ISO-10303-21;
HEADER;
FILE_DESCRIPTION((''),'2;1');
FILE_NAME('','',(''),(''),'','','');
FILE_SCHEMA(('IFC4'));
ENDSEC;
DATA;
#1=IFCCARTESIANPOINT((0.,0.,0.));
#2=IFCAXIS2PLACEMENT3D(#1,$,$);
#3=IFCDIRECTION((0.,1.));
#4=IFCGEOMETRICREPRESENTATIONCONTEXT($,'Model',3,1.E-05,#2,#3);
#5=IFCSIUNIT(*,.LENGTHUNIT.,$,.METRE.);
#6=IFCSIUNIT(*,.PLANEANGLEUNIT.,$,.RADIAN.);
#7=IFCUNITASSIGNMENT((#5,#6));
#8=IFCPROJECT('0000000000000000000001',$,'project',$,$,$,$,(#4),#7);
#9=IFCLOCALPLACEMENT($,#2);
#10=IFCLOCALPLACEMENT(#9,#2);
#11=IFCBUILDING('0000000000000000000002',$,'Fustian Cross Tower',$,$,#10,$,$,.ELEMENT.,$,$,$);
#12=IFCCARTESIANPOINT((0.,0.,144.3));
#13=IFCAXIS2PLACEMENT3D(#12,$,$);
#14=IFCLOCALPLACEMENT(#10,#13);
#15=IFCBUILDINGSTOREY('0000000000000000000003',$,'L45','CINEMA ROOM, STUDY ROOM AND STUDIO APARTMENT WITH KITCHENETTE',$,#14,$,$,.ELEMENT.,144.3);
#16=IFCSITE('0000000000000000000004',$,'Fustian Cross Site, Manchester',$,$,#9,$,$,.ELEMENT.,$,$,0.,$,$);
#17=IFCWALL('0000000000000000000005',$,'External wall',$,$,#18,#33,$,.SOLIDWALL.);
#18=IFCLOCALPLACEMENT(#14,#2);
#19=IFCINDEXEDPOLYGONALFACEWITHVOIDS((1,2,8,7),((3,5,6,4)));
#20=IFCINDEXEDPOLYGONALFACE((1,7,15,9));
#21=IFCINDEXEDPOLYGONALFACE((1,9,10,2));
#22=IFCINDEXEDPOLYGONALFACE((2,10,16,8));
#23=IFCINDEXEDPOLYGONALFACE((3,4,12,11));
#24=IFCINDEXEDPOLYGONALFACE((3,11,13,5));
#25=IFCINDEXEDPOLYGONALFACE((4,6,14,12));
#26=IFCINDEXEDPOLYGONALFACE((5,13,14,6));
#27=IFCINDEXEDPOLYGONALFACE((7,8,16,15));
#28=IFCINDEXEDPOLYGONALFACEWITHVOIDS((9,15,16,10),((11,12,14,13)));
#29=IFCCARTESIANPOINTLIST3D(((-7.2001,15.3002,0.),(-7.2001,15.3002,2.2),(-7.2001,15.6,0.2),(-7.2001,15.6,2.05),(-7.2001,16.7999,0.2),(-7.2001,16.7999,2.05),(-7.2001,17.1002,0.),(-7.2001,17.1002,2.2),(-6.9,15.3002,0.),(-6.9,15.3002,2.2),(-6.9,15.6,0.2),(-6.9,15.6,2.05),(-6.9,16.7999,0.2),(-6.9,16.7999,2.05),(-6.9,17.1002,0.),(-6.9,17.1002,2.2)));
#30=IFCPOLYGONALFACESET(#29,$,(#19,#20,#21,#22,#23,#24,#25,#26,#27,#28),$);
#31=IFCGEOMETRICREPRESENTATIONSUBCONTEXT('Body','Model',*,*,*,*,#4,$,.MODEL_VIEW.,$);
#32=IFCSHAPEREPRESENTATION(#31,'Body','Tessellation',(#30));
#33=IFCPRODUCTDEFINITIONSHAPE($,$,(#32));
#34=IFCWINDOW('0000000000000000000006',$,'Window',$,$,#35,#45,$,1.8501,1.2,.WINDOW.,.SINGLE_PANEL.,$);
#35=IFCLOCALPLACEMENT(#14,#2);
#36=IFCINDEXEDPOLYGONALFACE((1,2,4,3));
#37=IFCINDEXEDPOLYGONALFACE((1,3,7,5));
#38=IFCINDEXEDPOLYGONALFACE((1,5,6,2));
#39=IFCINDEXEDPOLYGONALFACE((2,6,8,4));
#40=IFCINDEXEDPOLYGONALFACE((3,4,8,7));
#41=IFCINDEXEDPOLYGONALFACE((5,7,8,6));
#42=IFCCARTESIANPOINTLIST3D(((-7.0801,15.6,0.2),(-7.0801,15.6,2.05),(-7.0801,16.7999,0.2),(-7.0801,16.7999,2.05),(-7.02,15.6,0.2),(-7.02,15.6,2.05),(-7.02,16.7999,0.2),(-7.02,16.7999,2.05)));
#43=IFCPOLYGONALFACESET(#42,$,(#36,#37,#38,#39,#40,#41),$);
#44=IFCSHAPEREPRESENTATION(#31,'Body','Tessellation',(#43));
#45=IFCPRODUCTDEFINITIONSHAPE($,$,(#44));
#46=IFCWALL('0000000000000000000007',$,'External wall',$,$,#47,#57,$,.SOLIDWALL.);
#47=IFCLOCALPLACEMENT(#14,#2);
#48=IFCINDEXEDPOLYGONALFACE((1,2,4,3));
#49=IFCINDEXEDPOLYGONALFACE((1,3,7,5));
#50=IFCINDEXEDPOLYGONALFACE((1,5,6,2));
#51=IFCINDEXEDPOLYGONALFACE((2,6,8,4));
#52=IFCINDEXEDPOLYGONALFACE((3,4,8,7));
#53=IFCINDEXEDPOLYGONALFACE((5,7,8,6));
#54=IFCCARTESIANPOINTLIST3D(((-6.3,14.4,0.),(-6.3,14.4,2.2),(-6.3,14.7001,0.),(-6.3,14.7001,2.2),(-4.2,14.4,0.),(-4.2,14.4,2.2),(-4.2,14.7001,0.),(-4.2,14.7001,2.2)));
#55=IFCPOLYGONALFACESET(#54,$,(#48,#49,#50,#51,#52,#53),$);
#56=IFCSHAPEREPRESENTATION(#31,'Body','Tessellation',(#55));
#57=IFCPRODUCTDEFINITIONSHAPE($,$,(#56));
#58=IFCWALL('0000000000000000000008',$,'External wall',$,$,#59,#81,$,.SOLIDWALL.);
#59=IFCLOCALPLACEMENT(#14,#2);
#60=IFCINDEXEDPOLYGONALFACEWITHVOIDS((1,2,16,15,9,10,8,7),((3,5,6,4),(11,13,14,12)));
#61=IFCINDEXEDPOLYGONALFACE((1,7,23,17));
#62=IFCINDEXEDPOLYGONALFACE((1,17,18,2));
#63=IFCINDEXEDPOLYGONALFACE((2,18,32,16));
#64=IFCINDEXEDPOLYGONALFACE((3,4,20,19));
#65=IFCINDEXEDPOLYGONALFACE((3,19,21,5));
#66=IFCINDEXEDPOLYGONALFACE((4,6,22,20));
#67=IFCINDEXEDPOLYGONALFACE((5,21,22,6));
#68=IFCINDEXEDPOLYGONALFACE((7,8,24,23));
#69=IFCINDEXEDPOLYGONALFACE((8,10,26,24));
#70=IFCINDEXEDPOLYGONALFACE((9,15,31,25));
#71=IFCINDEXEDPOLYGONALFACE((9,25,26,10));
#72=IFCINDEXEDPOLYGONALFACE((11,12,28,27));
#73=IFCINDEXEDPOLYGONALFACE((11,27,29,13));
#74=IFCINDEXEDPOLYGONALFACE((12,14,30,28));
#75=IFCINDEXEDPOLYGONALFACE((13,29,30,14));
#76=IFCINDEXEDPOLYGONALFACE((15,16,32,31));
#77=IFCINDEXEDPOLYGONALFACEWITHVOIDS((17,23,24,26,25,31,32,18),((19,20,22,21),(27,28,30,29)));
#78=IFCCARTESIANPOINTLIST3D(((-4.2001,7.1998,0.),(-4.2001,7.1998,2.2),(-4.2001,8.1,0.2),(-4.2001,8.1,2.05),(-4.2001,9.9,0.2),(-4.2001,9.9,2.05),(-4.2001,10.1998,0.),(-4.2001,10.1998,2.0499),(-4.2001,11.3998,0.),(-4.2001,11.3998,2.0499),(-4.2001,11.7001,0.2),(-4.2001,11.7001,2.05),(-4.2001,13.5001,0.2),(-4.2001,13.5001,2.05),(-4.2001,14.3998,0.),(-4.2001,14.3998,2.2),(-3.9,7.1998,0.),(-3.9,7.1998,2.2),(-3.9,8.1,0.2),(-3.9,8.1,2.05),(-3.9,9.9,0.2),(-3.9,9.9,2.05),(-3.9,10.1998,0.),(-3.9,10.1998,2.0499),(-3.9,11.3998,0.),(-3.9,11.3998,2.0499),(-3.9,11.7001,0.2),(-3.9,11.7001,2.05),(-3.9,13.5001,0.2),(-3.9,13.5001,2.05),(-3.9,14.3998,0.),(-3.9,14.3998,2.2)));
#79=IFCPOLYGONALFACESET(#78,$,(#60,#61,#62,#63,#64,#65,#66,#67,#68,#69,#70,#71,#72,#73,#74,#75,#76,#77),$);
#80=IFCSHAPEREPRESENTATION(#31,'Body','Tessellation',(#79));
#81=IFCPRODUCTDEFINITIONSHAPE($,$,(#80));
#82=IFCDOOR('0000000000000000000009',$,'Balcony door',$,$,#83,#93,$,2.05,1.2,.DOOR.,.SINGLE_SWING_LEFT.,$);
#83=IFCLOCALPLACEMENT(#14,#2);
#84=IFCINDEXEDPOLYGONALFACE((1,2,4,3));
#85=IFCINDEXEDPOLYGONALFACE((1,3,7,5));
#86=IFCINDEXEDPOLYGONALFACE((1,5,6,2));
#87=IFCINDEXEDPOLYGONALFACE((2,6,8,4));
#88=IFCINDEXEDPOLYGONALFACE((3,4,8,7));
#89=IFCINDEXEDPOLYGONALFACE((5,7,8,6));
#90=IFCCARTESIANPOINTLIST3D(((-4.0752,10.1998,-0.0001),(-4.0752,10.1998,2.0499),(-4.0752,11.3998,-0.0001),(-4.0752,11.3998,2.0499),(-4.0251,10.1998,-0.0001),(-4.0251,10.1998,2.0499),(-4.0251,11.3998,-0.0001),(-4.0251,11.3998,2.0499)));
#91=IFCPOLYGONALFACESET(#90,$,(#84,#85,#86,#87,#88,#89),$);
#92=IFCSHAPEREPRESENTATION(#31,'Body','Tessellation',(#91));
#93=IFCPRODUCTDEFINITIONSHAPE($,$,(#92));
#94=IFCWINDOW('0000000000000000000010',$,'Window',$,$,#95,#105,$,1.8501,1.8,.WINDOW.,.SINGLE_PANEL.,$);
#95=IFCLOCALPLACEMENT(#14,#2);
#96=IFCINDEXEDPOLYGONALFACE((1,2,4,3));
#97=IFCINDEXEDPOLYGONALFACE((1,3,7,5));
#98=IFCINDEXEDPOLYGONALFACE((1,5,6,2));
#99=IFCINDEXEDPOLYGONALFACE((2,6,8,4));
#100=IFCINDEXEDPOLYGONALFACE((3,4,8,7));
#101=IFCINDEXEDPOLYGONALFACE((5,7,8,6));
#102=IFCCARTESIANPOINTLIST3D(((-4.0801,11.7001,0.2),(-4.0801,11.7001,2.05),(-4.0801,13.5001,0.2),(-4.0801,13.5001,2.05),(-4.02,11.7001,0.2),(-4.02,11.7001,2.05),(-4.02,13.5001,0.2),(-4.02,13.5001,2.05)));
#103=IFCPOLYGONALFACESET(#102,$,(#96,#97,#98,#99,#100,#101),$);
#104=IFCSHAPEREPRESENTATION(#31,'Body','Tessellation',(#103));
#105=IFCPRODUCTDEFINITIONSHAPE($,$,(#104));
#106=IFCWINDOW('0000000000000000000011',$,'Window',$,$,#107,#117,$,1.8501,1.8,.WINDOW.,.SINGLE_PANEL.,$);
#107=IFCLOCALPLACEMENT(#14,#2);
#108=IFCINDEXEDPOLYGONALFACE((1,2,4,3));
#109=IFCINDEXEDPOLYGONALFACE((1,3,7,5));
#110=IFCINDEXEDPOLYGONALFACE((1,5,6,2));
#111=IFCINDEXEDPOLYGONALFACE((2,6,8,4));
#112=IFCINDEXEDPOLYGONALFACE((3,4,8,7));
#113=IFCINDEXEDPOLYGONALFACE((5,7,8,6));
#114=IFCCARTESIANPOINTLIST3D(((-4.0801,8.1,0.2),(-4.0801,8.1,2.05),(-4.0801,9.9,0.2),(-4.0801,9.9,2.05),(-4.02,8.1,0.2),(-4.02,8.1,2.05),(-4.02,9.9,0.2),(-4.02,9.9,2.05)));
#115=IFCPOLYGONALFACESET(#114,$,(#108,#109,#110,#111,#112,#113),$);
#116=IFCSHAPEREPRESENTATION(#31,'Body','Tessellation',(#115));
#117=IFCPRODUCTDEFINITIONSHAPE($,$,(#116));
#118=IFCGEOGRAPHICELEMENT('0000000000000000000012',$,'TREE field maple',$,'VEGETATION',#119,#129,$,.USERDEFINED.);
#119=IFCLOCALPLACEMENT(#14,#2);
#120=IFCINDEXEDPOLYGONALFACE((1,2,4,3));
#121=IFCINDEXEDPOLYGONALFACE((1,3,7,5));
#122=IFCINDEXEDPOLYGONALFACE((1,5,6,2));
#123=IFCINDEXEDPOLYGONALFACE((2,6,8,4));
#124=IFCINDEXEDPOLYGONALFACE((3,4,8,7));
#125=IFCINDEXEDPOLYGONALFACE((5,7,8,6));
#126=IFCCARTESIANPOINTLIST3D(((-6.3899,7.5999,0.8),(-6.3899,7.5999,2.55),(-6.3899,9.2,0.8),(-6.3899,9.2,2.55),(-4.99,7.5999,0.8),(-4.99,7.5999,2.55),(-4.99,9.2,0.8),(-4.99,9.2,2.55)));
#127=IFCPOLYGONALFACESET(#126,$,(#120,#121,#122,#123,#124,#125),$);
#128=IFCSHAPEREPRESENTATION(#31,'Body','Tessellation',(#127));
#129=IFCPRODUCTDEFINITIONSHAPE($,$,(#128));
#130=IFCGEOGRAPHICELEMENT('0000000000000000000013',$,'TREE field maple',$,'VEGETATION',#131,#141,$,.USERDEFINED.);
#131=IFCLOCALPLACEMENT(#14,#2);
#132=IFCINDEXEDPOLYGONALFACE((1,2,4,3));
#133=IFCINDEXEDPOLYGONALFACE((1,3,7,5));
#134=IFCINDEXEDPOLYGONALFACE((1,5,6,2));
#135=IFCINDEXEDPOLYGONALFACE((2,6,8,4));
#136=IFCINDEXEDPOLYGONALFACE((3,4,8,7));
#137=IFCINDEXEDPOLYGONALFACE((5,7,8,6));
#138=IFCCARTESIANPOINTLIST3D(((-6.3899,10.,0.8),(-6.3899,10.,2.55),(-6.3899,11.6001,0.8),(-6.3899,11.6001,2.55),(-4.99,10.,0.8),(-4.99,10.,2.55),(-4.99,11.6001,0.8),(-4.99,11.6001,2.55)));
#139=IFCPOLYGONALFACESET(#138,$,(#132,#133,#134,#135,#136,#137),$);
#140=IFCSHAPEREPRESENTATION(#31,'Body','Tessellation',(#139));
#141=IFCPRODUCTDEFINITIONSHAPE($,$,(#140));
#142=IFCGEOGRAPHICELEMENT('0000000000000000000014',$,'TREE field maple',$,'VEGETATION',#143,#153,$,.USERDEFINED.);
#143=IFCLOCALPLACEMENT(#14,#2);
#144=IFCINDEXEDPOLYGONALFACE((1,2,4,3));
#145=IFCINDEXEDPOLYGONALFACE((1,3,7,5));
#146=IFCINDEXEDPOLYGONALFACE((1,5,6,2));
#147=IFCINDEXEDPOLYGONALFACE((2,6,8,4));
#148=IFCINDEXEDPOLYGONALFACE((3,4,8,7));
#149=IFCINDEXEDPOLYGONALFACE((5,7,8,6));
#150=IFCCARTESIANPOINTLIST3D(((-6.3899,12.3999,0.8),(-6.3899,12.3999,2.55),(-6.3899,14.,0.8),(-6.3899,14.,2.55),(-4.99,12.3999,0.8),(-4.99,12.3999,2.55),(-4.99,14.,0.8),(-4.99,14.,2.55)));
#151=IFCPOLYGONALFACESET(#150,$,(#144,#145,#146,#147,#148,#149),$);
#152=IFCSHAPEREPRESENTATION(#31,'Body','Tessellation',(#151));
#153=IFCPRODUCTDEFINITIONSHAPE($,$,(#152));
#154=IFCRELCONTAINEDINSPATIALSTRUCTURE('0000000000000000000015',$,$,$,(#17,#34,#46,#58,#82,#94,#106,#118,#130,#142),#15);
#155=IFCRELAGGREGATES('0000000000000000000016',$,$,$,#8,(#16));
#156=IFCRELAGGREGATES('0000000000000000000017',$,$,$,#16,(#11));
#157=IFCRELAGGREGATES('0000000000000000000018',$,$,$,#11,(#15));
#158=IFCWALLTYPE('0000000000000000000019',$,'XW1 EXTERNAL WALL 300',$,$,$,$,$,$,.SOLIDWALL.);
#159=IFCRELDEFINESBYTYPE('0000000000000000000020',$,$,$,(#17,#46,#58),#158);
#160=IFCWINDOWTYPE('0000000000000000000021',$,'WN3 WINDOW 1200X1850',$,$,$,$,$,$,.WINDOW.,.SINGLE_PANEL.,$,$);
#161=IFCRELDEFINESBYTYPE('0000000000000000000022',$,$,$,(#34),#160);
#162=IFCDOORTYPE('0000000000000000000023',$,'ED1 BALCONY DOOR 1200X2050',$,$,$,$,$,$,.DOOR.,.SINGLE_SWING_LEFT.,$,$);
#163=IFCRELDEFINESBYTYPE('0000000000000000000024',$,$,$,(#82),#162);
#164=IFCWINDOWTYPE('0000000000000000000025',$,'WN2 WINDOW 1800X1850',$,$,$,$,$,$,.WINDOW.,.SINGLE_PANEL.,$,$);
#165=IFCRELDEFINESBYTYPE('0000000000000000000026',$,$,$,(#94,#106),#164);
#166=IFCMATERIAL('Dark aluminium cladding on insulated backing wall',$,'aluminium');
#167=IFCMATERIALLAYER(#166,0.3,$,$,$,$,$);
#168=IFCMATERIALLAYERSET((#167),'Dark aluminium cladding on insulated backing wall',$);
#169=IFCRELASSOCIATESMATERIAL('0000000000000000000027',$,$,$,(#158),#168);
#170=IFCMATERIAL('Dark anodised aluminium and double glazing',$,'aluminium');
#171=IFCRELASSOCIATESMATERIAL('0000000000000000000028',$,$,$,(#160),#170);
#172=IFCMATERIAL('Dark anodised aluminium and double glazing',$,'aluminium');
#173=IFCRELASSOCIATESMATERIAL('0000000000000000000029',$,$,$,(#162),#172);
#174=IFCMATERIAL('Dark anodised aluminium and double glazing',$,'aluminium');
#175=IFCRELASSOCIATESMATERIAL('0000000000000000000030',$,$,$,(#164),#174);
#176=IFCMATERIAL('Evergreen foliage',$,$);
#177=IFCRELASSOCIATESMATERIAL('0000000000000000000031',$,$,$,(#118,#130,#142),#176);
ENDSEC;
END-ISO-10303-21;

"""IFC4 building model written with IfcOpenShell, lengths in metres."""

from ifc_helpers import new_model, si_unit, direction, frame, frame_2d, origin, origin_2d, place, context, subcontext, project, spatial, rectangle, extrude, material, layer, layer_set, type_object, element, fill, save


model = new_model("IFC4")

# Units and contexts
model_context = context("Model", 3, precision=1e-05, world=origin(), true_north=direction((0.0, 1.0)))
body_context = subcontext(model_context, "Body", "Model", "MODEL_VIEW")
ifc_project = project(units=[si_unit("LENGTHUNIT", "METRE"), si_unit("PLANEANGLEUNIT", "RADIAN")], contexts=[model_context])

# Site, building, storey
site_placement = place(None, origin())
site = spatial("IfcSite", under=ifc_project, at=site_placement, Name="Fustian Cross Site, Manchester", CompositionType="ELEMENT", RefElevation=0.0)
building_placement = place(site_placement, origin())
building = spatial("IfcBuilding", under=site, at=building_placement, Name="Fustian Cross Tower", CompositionType="ELEMENT")
storey_placement = place(building_placement, frame((0.0, 0.0, 144.3)))
storey = spatial("IfcBuildingStorey", under=building, at=storey_placement, Name="L45", Description="CINEMA ROOM, STUDY ROOM AND STUDIO APARTMENT WITH KITCHENETTE", CompositionType="ELEMENT", Elevation=144.3)

# Shared definitions
ifc_material_1 = material(Name="Dark aluminium cladding on insulated backing wall", Category="aluminium")
ifc_layer_1 = layer(ifc_material_1, 0.3)
ifc_layer_set_1 = layer_set([ifc_layer_1], Name="Dark aluminium cladding on insulated backing wall")
wall_type_1 = type_object("IfcWallType", Name="XW1 EXTERNAL WALL 300", PredefinedType="SOLIDWALL", material=ifc_layer_set_1)

# Shared definitions
ifc_material_2 = material(Name="Dark anodised aluminium and double glazing", Category="aluminium")
window_type_1 = type_object("IfcWindowType", Name="WN3 WINDOW 1200X1850", PartitioningType="SINGLE_PANEL", PredefinedType="WINDOW", material=ifc_material_2)

# Wall, opening, window
wall_1_placement = place(storey_placement, frame((-7.05, 17.1001, 0.0), z_axis=(0.0, 0.0, 1.0), x_axis=(0.0, -1.0, 0.0)))
wall_1 = element("IfcWall", 1, at=wall_1_placement, inside=storey, type_object=wall_type_1, Name="External wall", PredefinedType="SOLIDWALL", context=body_context, shape_type="SweptSolid", body=[
    extrude(rectangle(XDim=1.8, YDim=0.3, at=frame_2d((0.8999, 0.0))), origin(), (0.0, 0.0, 1.0), 2.2),
])
opening_1_placement = place(wall_1_placement, frame((0.3, 0.0, 0.2)))
opening_1 = element("IfcOpeningElement", 2, at=opening_1_placement, cuts=wall_1, PredefinedType="OPENING", context=body_context, shape_type="SweptSolid", body=[
    extrude(rectangle(XDim=1.2, YDim=1.8501, at=frame_2d((0.6001, 0.925))), frame((0.0, 0.1599, 0.0), z_axis=(0.0, -1.0, 0.0), x_axis=(1.0, 0.0, 0.0)), (0.0, 0.0, 1.0), 0.3201),
])
window_1_placement = place(opening_1_placement, origin())
window_1 = element("IfcWindow", 3, at=window_1_placement, inside=storey, type_object=window_type_1, Name="Window", OverallHeight=1.8501, OverallWidth=1.2, PartitioningType="SINGLE_PANEL", PredefinedType="WINDOW", context=body_context, shape_type="SweptSolid", body=[
    extrude(rectangle(XDim=1.2, YDim=1.8501, at=frame_2d((0.6001, 0.925))), frame((0.0, 0.03, 0.0), z_axis=(0.0, -1.0, 0.0), x_axis=(1.0, 0.0, 0.0)), (0.0, 0.0, 1.0), 0.0601),
])
fill(opening_1, window_1)

# Wall
wall_2_placement = place(storey_placement, frame((-6.3, 14.55, 0.0), z_axis=(0.0, 0.0, 1.0), x_axis=(1.0, 0.0, 0.0)))
element("IfcWall", 4, at=wall_2_placement, inside=storey, type_object=wall_type_1, Name="External wall", PredefinedType="SOLIDWALL", context=body_context, shape_type="SweptSolid", body=[
    extrude(rectangle(XDim=2.1001, YDim=0.3, at=frame_2d((1.05, 0.0))), origin(), (0.0, 0.0, 1.0), 2.2),
])

# Wall, openings, door, windows
wall_3_placement = place(storey_placement, frame((-4.05, 14.3999, 0.0), z_axis=(0.0, 0.0, 1.0), x_axis=(0.0, -1.0, 0.0)))
wall_3 = element("IfcWall", 5, at=wall_3_placement, inside=storey, type_object=wall_type_1, Name="External wall", PredefinedType="SOLIDWALL", context=body_context, shape_type="SweptSolid", body=[
    extrude(rectangle(XDim=7.2, YDim=0.3, at=frame_2d((3.6001, 0.0))), origin(), (0.0, 0.0, 1.0), 2.2),
])
opening_2_placement = place(wall_3_placement, frame((3.0, 0.0, 0.0)))
opening_2 = element("IfcOpeningElement", 6, at=opening_2_placement, cuts=wall_3, PredefinedType="OPENING", context=body_context, shape_type="SweptSolid", body=[
    extrude(rectangle(XDim=1.2, YDim=2.05, at=frame_2d((0.6001, 1.0249))), frame((0.0, 0.1599, 0.0), z_axis=(0.0, -1.0, 0.0), x_axis=(1.0, 0.0, 0.0)), (0.0, 0.0, 1.0), 0.3201),
])
opening_3_placement = place(wall_3_placement, frame((0.8999, 0.0, 0.2)))
opening_3 = element("IfcOpeningElement", 7, at=opening_3_placement, cuts=wall_3, PredefinedType="OPENING", context=body_context, shape_type="SweptSolid", body=[
    extrude(rectangle(XDim=1.8, YDim=1.8501, at=frame_2d((0.8999, 0.925))), frame((0.0, 0.1599, 0.0), z_axis=(0.0, -1.0, 0.0), x_axis=(1.0, 0.0, 0.0)), (0.0, 0.0, 1.0), 0.3201),
])
opening_4_placement = place(wall_3_placement, frame((4.5, 0.0, 0.2)))
opening_4 = element("IfcOpeningElement", 8, at=opening_4_placement, cuts=wall_3, PredefinedType="OPENING", context=body_context, shape_type="SweptSolid", body=[
    extrude(rectangle(XDim=1.8, YDim=1.8501, at=frame_2d((0.8999, 0.925))), frame((0.0, 0.1599, 0.0), z_axis=(0.0, -1.0, 0.0), x_axis=(1.0, 0.0, 0.0)), (0.0, 0.0, 1.0), 0.3201),
])
ifc_material_3 = material(Name="Dark anodised aluminium and double glazing", Category="aluminium")
door_type = type_object("IfcDoorType", Name="ED1 BALCONY DOOR 1200X2050", OperationType="SINGLE_SWING_LEFT", PredefinedType="DOOR", material=ifc_material_3)
door_placement = place(opening_2_placement, origin())
door = element("IfcDoor", 9, at=door_placement, inside=storey, type_object=door_type, Name="Balcony door", OperationType="SINGLE_SWING_LEFT", OverallHeight=2.05, OverallWidth=1.2, PredefinedType="DOOR", context=body_context, shape_type="SweptSolid", body=[
    extrude(rectangle(XDim=1.2, YDim=2.05, at=frame_2d((0.6001, 1.0249))), frame((0.0, 0.0249, 0.0), z_axis=(0.0, -1.0, 0.0), x_axis=(1.0, 0.0, 0.0)), (0.0, 0.0, 1.0), 0.05),
])
fill(opening_2, door)
ifc_material_4 = material(Name="Dark anodised aluminium and double glazing", Category="aluminium")
window_type_2 = type_object("IfcWindowType", Name="WN2 WINDOW 1800X1850", PartitioningType="SINGLE_PANEL", PredefinedType="WINDOW", material=ifc_material_4)
window_2_placement = place(opening_3_placement, origin())
window_2 = element("IfcWindow", 10, at=window_2_placement, inside=storey, type_object=window_type_2, Name="Window", OverallHeight=1.8501, OverallWidth=1.8, PartitioningType="SINGLE_PANEL", PredefinedType="WINDOW", context=body_context, shape_type="SweptSolid", body=[
    extrude(rectangle(XDim=1.8, YDim=1.8501, at=frame_2d((0.8999, 0.925))), frame((0.0, 0.03, 0.0), z_axis=(0.0, -1.0, 0.0), x_axis=(1.0, 0.0, 0.0)), (0.0, 0.0, 1.0), 0.0601),
])
fill(opening_3, window_2)
window_3_placement = place(opening_4_placement, origin())
window_3 = element("IfcWindow", 11, at=window_3_placement, inside=storey, type_object=window_type_2, Name="Window", OverallHeight=1.8501, OverallWidth=1.8, PartitioningType="SINGLE_PANEL", PredefinedType="WINDOW", context=body_context, shape_type="SweptSolid", body=[
    extrude(rectangle(XDim=1.8, YDim=1.8501, at=frame_2d((0.8999, 0.925))), frame((0.0, 0.03, 0.0), z_axis=(0.0, -1.0, 0.0), x_axis=(1.0, 0.0, 0.0)), (0.0, 0.0, 1.0), 0.0601),
])
fill(opening_4, window_3)

# Geographic elements
ifc_material_5 = material(Name="Evergreen foliage")
for number, where, z_axis, x_axis, name in (
    (12, (-5.6899, 8.3999, 0.8), (0.0, 0.0, 1.0), (1.0, 0.0, 0.0), "TREE field maple"),
    (13, (-5.6899, 10.8, 0.8), (0.0, 0.0, 1.0), (1.0, 0.0, 0.0), "TREE field maple"),
    (14, (-5.6899, 13.2, 0.8), (0.0, 0.0, 1.0), (1.0, 0.0, 0.0), "TREE field maple"),
):
    element("IfcGeographicElement", number, at=place(storey_placement, frame(where, z_axis=z_axis, x_axis=x_axis)), inside=storey, material=ifc_material_5, Name=name, ObjectType="VEGETATION", PredefinedType="USERDEFINED", context=body_context, shape_type="SweptSolid", body=[
        extrude(rectangle(XDim=1.3999, YDim=1.6001, at=origin_2d()), origin(), (0.0, 0.0, 1.0), 1.75),
    ])

save(model, "model.ifc")
